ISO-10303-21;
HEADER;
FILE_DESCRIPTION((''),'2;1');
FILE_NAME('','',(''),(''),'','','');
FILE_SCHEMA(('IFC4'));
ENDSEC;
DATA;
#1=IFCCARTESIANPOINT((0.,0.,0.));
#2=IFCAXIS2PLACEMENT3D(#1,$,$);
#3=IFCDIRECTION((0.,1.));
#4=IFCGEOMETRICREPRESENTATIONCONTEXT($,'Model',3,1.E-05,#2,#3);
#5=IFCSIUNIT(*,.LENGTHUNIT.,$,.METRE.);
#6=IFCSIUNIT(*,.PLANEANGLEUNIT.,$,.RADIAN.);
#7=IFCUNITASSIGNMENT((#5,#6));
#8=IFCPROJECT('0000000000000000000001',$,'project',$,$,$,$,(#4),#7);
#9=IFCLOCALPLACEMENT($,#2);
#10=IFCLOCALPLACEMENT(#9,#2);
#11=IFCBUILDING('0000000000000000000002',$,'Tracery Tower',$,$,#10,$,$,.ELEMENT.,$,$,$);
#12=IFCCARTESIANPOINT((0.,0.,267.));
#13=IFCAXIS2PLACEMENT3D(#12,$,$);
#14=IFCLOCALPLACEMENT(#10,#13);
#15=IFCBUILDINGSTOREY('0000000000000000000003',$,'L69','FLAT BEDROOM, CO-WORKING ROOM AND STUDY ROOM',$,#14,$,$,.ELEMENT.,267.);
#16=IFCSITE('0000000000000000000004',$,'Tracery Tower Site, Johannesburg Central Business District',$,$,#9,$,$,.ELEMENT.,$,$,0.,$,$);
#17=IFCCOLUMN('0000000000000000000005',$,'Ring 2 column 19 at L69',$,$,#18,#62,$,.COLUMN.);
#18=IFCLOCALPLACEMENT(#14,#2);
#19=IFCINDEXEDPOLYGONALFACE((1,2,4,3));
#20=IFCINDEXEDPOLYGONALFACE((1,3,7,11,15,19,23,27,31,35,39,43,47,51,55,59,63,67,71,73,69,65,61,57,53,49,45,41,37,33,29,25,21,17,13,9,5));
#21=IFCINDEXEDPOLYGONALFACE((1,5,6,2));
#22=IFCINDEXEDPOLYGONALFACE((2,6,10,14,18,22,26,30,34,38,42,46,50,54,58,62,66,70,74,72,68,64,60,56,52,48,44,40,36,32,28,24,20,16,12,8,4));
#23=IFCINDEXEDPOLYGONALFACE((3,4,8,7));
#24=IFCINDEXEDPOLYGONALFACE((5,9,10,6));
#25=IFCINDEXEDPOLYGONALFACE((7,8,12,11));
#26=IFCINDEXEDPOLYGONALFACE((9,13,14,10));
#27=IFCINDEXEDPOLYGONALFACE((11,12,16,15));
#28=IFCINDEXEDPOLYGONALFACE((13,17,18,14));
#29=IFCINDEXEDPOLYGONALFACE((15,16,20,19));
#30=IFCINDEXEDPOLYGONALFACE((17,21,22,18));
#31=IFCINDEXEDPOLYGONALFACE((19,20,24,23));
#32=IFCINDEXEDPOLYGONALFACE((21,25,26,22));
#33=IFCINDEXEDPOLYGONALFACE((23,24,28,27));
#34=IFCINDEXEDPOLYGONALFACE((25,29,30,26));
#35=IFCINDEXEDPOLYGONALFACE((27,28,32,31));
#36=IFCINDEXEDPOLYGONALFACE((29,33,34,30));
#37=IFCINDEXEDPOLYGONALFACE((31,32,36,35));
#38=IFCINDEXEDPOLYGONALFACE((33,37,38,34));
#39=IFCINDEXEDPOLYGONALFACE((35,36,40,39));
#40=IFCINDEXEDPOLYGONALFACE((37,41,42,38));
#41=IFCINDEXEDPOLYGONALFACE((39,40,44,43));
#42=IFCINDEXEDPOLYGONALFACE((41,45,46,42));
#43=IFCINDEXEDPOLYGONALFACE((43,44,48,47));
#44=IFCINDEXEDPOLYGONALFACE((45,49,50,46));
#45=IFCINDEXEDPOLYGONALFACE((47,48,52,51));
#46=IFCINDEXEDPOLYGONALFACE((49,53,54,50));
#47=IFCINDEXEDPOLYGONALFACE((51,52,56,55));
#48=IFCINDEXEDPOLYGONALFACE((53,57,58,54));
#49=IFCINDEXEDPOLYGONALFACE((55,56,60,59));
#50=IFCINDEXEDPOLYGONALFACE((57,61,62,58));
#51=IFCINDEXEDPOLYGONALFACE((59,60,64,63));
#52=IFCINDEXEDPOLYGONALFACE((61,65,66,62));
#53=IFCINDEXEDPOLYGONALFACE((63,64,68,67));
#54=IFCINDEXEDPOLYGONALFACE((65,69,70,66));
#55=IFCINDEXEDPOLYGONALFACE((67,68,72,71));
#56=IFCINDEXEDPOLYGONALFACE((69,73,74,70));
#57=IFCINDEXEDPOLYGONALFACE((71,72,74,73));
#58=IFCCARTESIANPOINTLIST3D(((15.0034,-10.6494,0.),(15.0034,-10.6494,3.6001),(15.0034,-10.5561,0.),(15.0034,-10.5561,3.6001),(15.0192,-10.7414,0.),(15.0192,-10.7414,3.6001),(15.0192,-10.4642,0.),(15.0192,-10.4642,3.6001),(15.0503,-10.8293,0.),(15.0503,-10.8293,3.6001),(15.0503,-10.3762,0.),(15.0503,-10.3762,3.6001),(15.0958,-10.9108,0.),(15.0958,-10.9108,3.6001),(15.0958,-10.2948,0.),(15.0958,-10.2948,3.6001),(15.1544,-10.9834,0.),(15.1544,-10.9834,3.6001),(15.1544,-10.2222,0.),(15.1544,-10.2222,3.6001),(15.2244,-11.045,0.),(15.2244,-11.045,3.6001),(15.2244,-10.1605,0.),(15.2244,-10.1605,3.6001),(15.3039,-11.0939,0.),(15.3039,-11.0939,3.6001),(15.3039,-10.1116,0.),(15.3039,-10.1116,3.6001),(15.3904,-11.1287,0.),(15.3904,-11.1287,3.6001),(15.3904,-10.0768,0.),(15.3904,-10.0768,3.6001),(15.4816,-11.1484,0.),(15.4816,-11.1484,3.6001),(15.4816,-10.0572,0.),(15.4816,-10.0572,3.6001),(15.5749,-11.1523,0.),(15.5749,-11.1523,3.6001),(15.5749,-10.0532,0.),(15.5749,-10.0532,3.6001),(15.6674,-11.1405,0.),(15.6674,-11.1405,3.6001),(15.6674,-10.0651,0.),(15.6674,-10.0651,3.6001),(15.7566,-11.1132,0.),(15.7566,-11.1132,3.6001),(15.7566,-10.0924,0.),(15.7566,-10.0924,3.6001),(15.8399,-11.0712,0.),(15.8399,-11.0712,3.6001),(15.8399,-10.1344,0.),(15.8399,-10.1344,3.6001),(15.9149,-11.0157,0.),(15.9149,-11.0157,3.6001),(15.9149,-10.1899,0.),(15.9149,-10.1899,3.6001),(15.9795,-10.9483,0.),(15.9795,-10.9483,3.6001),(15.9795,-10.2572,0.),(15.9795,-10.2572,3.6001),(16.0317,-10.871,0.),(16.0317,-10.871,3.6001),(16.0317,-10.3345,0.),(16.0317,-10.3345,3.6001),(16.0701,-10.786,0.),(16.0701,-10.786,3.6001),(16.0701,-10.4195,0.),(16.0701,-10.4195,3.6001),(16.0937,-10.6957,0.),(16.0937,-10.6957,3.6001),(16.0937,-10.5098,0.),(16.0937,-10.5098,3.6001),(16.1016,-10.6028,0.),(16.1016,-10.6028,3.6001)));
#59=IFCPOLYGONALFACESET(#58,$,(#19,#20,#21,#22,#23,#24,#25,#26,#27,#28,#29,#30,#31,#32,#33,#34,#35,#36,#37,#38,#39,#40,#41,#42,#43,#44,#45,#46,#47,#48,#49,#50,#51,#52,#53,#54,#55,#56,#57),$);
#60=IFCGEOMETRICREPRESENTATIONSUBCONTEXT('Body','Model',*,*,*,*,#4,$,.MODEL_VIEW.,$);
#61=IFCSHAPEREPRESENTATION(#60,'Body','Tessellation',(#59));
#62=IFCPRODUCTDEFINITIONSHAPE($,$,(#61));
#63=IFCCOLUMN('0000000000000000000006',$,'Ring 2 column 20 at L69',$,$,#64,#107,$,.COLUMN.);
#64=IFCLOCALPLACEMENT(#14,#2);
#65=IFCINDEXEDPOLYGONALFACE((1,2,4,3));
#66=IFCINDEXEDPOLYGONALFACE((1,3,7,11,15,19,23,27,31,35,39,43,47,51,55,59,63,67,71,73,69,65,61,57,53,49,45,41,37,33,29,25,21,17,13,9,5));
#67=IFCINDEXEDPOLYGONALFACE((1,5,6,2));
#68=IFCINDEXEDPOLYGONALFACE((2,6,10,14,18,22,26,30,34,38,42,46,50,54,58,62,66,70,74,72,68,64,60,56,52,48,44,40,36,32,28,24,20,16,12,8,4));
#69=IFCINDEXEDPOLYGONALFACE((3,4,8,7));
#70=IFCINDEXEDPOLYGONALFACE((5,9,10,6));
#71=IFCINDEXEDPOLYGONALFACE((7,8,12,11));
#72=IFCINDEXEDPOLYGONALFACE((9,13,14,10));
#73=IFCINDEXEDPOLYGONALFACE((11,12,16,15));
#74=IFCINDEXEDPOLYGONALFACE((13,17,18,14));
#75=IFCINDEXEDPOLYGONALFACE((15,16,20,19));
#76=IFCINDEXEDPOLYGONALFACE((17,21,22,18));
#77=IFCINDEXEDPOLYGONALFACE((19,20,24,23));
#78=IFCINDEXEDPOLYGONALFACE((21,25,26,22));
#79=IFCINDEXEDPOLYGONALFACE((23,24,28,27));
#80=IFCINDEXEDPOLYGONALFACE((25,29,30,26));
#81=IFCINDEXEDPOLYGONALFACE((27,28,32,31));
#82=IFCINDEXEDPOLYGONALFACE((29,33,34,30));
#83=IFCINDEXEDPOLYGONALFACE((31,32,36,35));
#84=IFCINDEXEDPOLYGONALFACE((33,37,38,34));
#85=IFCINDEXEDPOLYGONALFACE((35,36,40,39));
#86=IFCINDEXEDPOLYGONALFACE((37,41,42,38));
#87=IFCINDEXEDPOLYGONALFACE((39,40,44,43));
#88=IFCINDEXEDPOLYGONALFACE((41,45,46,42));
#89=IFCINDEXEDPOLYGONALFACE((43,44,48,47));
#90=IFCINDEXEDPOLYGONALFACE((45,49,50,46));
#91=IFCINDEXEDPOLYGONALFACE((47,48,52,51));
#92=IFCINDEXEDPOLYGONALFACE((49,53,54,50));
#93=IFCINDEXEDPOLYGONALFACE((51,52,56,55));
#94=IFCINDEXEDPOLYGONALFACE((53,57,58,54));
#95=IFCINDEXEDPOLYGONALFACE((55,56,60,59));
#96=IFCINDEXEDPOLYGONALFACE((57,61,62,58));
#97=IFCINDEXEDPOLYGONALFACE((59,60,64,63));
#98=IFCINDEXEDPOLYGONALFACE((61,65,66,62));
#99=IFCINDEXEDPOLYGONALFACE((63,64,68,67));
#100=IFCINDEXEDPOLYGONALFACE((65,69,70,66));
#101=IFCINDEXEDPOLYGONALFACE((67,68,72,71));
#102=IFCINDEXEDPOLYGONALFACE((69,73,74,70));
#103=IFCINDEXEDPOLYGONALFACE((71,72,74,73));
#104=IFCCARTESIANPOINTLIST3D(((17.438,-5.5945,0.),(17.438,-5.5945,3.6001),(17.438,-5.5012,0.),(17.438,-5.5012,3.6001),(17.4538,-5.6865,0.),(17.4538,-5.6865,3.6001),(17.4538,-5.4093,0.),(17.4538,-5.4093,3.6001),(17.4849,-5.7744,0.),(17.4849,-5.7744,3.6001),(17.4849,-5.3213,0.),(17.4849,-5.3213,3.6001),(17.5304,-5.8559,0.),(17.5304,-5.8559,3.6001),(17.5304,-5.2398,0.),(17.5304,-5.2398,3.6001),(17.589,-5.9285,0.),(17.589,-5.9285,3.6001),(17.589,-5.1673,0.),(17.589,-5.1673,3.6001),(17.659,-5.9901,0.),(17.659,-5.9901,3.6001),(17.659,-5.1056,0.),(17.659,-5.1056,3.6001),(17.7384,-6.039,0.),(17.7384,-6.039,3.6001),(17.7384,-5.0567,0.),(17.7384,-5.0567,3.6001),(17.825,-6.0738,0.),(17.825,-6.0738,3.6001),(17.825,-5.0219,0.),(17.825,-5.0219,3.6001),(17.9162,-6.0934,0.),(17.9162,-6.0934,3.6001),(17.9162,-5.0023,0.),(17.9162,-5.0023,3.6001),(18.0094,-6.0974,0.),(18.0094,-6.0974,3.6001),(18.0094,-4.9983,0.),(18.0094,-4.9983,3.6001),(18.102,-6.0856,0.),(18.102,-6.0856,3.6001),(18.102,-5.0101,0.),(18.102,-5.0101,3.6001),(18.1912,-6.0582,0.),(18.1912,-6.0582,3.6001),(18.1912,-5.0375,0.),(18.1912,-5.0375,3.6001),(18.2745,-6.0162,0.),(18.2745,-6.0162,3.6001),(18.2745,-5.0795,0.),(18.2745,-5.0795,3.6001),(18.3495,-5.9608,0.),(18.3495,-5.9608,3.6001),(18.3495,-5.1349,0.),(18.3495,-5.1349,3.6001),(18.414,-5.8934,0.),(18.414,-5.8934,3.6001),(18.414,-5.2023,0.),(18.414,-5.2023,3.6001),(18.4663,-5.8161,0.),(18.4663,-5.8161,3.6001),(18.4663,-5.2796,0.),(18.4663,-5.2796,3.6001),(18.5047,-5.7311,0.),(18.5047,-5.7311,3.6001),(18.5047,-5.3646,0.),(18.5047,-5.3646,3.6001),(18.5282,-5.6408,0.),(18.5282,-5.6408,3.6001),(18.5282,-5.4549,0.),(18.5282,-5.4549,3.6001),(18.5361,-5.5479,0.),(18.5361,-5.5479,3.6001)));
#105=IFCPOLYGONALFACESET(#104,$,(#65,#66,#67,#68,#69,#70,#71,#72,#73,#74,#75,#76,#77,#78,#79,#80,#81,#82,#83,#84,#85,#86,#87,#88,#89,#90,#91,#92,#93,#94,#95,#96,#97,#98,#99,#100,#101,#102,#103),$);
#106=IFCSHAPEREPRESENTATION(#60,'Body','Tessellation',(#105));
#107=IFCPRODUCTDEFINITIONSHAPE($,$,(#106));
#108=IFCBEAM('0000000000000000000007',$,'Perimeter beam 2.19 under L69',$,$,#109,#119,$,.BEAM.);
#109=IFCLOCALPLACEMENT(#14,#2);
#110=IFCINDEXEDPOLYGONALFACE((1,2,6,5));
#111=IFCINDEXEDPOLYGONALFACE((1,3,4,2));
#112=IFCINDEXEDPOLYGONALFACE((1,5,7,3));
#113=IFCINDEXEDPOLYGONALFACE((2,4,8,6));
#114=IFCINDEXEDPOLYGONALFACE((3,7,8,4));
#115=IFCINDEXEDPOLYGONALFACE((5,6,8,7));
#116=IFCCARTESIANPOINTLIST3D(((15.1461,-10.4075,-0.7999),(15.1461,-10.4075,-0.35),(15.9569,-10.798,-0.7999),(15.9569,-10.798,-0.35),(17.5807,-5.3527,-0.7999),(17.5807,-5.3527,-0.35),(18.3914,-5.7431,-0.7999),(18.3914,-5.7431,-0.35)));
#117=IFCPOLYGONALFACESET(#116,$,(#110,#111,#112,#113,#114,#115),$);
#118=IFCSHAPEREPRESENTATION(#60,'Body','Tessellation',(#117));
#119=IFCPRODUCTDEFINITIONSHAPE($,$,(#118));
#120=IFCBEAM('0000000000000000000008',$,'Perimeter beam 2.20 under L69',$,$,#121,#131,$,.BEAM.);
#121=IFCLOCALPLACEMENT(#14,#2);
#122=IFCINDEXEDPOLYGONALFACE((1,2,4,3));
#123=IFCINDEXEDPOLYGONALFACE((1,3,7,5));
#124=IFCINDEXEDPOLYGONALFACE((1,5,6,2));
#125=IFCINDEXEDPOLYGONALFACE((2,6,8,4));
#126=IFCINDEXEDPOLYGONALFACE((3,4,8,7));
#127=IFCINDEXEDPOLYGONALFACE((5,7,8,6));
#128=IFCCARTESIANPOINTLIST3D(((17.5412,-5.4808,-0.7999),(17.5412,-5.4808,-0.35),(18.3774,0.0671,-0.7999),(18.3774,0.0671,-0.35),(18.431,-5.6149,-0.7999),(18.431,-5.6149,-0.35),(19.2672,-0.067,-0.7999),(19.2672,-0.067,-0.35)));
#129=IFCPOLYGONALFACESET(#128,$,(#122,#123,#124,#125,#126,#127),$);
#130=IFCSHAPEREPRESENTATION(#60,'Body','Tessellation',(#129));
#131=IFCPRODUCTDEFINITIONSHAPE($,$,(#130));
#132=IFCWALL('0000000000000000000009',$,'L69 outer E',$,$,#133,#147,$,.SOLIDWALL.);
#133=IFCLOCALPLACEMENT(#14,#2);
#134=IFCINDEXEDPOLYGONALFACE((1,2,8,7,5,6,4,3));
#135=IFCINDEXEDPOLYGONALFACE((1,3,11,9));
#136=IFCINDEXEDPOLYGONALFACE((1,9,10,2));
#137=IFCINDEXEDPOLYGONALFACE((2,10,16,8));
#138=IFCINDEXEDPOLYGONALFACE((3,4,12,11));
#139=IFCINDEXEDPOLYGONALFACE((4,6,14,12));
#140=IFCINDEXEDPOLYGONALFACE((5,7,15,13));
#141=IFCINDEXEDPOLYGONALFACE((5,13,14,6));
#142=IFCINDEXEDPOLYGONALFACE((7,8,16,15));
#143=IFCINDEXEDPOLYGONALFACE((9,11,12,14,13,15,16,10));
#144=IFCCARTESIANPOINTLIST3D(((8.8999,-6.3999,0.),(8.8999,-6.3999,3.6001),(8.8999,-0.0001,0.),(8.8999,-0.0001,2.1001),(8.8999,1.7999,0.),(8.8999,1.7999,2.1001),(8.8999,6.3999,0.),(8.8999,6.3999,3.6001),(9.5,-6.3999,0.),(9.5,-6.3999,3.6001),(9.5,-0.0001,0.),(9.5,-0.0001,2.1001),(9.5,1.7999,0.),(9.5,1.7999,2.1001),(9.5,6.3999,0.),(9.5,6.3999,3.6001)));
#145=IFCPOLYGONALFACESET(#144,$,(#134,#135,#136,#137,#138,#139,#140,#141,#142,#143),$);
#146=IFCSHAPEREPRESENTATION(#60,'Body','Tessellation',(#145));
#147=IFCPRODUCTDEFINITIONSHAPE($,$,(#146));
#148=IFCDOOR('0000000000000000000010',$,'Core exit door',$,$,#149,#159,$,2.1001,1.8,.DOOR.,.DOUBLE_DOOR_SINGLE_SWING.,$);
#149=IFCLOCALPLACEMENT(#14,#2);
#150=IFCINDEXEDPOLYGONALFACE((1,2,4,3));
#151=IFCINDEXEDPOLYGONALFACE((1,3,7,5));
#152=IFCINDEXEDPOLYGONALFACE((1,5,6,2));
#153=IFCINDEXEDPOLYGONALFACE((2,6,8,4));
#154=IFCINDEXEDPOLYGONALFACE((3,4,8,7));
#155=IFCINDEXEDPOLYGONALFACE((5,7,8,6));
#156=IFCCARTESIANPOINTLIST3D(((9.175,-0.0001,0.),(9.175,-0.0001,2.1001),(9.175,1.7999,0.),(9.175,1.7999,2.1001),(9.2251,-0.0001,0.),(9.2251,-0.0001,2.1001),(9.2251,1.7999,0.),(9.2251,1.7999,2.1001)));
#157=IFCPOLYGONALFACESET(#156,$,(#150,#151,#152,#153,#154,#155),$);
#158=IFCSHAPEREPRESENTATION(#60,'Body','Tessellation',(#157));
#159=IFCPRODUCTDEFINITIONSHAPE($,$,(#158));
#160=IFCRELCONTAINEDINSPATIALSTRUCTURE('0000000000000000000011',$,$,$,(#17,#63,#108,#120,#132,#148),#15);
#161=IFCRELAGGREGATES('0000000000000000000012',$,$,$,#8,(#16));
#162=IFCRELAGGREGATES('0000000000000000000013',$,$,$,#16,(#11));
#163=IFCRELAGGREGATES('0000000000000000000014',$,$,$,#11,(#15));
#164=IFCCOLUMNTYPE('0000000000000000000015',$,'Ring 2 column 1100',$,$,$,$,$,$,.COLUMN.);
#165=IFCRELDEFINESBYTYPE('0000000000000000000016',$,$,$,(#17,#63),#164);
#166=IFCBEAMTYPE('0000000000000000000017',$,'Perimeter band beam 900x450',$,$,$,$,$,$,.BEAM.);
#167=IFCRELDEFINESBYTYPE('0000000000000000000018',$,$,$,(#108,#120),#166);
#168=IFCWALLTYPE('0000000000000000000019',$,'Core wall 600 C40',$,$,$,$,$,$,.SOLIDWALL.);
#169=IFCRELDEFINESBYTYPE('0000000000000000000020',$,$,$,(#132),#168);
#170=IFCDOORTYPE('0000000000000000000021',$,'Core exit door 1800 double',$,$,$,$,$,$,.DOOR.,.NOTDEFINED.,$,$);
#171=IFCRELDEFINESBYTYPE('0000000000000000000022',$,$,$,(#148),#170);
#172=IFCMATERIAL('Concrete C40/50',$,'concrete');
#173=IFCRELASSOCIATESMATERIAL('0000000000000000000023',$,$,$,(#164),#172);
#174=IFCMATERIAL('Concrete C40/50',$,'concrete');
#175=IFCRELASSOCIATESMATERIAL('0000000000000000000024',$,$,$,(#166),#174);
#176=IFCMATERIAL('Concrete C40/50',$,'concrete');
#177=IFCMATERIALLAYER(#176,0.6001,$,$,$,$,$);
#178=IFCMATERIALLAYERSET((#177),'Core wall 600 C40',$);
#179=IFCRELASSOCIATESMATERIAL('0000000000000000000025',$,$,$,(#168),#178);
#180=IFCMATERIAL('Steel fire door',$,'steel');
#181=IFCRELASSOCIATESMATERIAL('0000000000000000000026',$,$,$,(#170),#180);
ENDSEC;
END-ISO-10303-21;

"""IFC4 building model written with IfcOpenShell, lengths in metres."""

from ifc_helpers import new_model, si_unit, direction, frame, frame_2d, origin, origin_2d, place, context, subcontext, project, spatial, rectangle, circle, extrude, material, layer, layer_set, material_profile, profile_set, type_object, element, fill, save


model = new_model("IFC4")

# Units and contexts
model_context = context("Model", 3, precision=1e-05, world=origin(), true_north=direction((0.0, 1.0)))
body_context = subcontext(model_context, "Body", "Model", "MODEL_VIEW")
ifc_project = project(units=[si_unit("LENGTHUNIT", "METRE"), si_unit("PLANEANGLEUNIT", "RADIAN")], contexts=[model_context])

# Site, building, storey
site_placement = place(None, origin())
site = spatial("IfcSite", under=ifc_project, at=site_placement, Name="Tracery Tower Site, Johannesburg Central Business District", CompositionType="ELEMENT", RefElevation=0.0)
building_placement = place(site_placement, origin())
building = spatial("IfcBuilding", under=site, at=building_placement, Name="Tracery Tower", CompositionType="ELEMENT")
storey_placement = place(building_placement, frame((0.0, 0.0, 267.0)))
storey = spatial("IfcBuildingStorey", under=building, at=storey_placement, Name="L69", Description="FLAT BEDROOM, CO-WORKING ROOM AND STUDY ROOM", CompositionType="ELEMENT", Elevation=267.0)

# Columns
ifc_material_1 = material(Name="Concrete C40/50", Category="concrete")
ifc_material_profile_1 = material_profile(ifc_material_1, circle(Radius=0.55, at=origin_2d()), Name="RC D1100")
ifc_profile_set_1 = profile_set([ifc_material_profile_1], Name="Concrete C40/50")
column_type = type_object("IfcColumnType", Name="Ring 2 column 1100", PredefinedType="COLUMN", material=ifc_profile_set_1)
for number, where, z_axis, x_axis, name in (
    (1, (15.5515, -10.6028, 0.0), (0.0, 0.0, 1.0), (1.0, 0.0, 0.0), "Ring 2 column 19 at L69"),
    (2, (17.9861, -5.5479, 0.0), (0.0, 0.0, 1.0), (1.0, 0.0, 0.0), "Ring 2 column 20 at L69"),
):
    element("IfcColumn", number, at=place(storey_placement, frame(where, z_axis=z_axis, x_axis=x_axis)), inside=storey, type_object=column_type, Name=name, PredefinedType="COLUMN", context=body_context, shape_type="SweptSolid", body=[
        extrude(circle(Radius=0.55, at=origin_2d()), origin(), (0.0, 0.0, 1.0), 3.6001),
    ])

# Beams
ifc_material_2 = material(Name="Concrete C40/50", Category="concrete")
ifc_material_profile_2 = material_profile(ifc_material_2, rectangle(XDim=0.8999, YDim=0.45, at=origin_2d()), Name="RC 900x450")
ifc_profile_set_2 = profile_set([ifc_material_profile_2], Name="Concrete C40/50")
beam_type = type_object("IfcBeamType", Name="Perimeter band beam 900x450", PredefinedType="BEAM", material=ifc_profile_set_2)
for number, where, z_axis, x_axis, name in (
    (3, (15.5515, -10.6028, -0.575), (0.433919, 0.900952, 0.0), (-0.900952, 0.433919, 0.0), "Perimeter beam 2.19 under L69"),
    (4, (17.9861, -5.5479, -0.575), (0.149038, 0.988831, 0.0), (-0.988831, 0.149038, 0.0), "Perimeter beam 2.20 under L69"),
):
    element("IfcBeam", number, at=place(storey_placement, frame(where, z_axis=z_axis, x_axis=x_axis)), inside=storey, type_object=beam_type, Name=name, PredefinedType="BEAM", context=body_context, shape_type="SweptSolid", body=[
        extrude(rectangle(XDim=0.8999, YDim=0.45, at=origin_2d()), origin(), (0.0, 0.0, 1.0), 5.6106),
    ])

# Wall, opening, door
ifc_material_3 = material(Name="Concrete C40/50", Category="concrete")
ifc_layer_1 = layer(ifc_material_3, 0.6001)
ifc_layer_set_1 = layer_set([ifc_layer_1], Name="Core wall 600 C40")
wall_type_1 = type_object("IfcWallType", Name="Core wall 600 C40", PredefinedType="SOLIDWALL", material=ifc_layer_set_1)
wall_1_placement = place(storey_placement, frame((9.2, -6.3999, 0.0), z_axis=(0.0, 0.0, 1.0), x_axis=(0.0, 1.0, 0.0)))
wall_1 = element("IfcWall", 5, at=wall_1_placement, inside=storey, type_object=wall_type_1, Name="L69 outer E", PredefinedType="SOLIDWALL", context=body_context, shape_type="SweptSolid", body=[
    extrude(rectangle(XDim=12.7998, YDim=0.6001, at=frame_2d((6.3999, 0.0))), origin(), (0.0, 0.0, 1.0), 3.6001),
])
opening_1_placement = place(wall_1_placement, frame((6.3999, 0.0, 0.0)))
opening_1 = element("IfcOpeningElement", 6, at=opening_1_placement, cuts=wall_1, PredefinedType="OPENING", context=body_context, shape_type="SweptSolid", body=[
    extrude(rectangle(XDim=1.8, YDim=2.1001, at=frame_2d((0.8999, 1.05))), frame((0.0, 0.3, 0.0), z_axis=(0.0, -1.0, 0.0), x_axis=(1.0, 0.0, 0.0)), (0.0, 0.0, 1.0), 0.6001),
])
ifc_material_4 = material(Name="Steel fire door", Category="steel")
door_type_1 = type_object("IfcDoorType", Name="Core exit door 1800 double", OperationType="NOTDEFINED", PredefinedType="DOOR", material=ifc_material_4)
door_1_placement = place(opening_1_placement, origin())
door_1 = element("IfcDoor", 7, at=door_1_placement, inside=storey, type_object=door_type_1, Name="Core exit door", OperationType="DOUBLE_DOOR_SINGLE_SWING", OverallHeight=2.1001, OverallWidth=1.8, PredefinedType="DOOR", context=body_context, shape_type="SweptSolid", body=[
    extrude(rectangle(XDim=1.8, YDim=2.1001, at=frame_2d((0.8999, 1.05))), frame((0.0, 0.0249, 0.0), z_axis=(0.0, -1.0, 0.0), x_axis=(1.0, 0.0, 0.0)), (0.0, 0.0, 1.0), 0.05),
])
fill(opening_1, door_1)

save(model, "model.ifc")
